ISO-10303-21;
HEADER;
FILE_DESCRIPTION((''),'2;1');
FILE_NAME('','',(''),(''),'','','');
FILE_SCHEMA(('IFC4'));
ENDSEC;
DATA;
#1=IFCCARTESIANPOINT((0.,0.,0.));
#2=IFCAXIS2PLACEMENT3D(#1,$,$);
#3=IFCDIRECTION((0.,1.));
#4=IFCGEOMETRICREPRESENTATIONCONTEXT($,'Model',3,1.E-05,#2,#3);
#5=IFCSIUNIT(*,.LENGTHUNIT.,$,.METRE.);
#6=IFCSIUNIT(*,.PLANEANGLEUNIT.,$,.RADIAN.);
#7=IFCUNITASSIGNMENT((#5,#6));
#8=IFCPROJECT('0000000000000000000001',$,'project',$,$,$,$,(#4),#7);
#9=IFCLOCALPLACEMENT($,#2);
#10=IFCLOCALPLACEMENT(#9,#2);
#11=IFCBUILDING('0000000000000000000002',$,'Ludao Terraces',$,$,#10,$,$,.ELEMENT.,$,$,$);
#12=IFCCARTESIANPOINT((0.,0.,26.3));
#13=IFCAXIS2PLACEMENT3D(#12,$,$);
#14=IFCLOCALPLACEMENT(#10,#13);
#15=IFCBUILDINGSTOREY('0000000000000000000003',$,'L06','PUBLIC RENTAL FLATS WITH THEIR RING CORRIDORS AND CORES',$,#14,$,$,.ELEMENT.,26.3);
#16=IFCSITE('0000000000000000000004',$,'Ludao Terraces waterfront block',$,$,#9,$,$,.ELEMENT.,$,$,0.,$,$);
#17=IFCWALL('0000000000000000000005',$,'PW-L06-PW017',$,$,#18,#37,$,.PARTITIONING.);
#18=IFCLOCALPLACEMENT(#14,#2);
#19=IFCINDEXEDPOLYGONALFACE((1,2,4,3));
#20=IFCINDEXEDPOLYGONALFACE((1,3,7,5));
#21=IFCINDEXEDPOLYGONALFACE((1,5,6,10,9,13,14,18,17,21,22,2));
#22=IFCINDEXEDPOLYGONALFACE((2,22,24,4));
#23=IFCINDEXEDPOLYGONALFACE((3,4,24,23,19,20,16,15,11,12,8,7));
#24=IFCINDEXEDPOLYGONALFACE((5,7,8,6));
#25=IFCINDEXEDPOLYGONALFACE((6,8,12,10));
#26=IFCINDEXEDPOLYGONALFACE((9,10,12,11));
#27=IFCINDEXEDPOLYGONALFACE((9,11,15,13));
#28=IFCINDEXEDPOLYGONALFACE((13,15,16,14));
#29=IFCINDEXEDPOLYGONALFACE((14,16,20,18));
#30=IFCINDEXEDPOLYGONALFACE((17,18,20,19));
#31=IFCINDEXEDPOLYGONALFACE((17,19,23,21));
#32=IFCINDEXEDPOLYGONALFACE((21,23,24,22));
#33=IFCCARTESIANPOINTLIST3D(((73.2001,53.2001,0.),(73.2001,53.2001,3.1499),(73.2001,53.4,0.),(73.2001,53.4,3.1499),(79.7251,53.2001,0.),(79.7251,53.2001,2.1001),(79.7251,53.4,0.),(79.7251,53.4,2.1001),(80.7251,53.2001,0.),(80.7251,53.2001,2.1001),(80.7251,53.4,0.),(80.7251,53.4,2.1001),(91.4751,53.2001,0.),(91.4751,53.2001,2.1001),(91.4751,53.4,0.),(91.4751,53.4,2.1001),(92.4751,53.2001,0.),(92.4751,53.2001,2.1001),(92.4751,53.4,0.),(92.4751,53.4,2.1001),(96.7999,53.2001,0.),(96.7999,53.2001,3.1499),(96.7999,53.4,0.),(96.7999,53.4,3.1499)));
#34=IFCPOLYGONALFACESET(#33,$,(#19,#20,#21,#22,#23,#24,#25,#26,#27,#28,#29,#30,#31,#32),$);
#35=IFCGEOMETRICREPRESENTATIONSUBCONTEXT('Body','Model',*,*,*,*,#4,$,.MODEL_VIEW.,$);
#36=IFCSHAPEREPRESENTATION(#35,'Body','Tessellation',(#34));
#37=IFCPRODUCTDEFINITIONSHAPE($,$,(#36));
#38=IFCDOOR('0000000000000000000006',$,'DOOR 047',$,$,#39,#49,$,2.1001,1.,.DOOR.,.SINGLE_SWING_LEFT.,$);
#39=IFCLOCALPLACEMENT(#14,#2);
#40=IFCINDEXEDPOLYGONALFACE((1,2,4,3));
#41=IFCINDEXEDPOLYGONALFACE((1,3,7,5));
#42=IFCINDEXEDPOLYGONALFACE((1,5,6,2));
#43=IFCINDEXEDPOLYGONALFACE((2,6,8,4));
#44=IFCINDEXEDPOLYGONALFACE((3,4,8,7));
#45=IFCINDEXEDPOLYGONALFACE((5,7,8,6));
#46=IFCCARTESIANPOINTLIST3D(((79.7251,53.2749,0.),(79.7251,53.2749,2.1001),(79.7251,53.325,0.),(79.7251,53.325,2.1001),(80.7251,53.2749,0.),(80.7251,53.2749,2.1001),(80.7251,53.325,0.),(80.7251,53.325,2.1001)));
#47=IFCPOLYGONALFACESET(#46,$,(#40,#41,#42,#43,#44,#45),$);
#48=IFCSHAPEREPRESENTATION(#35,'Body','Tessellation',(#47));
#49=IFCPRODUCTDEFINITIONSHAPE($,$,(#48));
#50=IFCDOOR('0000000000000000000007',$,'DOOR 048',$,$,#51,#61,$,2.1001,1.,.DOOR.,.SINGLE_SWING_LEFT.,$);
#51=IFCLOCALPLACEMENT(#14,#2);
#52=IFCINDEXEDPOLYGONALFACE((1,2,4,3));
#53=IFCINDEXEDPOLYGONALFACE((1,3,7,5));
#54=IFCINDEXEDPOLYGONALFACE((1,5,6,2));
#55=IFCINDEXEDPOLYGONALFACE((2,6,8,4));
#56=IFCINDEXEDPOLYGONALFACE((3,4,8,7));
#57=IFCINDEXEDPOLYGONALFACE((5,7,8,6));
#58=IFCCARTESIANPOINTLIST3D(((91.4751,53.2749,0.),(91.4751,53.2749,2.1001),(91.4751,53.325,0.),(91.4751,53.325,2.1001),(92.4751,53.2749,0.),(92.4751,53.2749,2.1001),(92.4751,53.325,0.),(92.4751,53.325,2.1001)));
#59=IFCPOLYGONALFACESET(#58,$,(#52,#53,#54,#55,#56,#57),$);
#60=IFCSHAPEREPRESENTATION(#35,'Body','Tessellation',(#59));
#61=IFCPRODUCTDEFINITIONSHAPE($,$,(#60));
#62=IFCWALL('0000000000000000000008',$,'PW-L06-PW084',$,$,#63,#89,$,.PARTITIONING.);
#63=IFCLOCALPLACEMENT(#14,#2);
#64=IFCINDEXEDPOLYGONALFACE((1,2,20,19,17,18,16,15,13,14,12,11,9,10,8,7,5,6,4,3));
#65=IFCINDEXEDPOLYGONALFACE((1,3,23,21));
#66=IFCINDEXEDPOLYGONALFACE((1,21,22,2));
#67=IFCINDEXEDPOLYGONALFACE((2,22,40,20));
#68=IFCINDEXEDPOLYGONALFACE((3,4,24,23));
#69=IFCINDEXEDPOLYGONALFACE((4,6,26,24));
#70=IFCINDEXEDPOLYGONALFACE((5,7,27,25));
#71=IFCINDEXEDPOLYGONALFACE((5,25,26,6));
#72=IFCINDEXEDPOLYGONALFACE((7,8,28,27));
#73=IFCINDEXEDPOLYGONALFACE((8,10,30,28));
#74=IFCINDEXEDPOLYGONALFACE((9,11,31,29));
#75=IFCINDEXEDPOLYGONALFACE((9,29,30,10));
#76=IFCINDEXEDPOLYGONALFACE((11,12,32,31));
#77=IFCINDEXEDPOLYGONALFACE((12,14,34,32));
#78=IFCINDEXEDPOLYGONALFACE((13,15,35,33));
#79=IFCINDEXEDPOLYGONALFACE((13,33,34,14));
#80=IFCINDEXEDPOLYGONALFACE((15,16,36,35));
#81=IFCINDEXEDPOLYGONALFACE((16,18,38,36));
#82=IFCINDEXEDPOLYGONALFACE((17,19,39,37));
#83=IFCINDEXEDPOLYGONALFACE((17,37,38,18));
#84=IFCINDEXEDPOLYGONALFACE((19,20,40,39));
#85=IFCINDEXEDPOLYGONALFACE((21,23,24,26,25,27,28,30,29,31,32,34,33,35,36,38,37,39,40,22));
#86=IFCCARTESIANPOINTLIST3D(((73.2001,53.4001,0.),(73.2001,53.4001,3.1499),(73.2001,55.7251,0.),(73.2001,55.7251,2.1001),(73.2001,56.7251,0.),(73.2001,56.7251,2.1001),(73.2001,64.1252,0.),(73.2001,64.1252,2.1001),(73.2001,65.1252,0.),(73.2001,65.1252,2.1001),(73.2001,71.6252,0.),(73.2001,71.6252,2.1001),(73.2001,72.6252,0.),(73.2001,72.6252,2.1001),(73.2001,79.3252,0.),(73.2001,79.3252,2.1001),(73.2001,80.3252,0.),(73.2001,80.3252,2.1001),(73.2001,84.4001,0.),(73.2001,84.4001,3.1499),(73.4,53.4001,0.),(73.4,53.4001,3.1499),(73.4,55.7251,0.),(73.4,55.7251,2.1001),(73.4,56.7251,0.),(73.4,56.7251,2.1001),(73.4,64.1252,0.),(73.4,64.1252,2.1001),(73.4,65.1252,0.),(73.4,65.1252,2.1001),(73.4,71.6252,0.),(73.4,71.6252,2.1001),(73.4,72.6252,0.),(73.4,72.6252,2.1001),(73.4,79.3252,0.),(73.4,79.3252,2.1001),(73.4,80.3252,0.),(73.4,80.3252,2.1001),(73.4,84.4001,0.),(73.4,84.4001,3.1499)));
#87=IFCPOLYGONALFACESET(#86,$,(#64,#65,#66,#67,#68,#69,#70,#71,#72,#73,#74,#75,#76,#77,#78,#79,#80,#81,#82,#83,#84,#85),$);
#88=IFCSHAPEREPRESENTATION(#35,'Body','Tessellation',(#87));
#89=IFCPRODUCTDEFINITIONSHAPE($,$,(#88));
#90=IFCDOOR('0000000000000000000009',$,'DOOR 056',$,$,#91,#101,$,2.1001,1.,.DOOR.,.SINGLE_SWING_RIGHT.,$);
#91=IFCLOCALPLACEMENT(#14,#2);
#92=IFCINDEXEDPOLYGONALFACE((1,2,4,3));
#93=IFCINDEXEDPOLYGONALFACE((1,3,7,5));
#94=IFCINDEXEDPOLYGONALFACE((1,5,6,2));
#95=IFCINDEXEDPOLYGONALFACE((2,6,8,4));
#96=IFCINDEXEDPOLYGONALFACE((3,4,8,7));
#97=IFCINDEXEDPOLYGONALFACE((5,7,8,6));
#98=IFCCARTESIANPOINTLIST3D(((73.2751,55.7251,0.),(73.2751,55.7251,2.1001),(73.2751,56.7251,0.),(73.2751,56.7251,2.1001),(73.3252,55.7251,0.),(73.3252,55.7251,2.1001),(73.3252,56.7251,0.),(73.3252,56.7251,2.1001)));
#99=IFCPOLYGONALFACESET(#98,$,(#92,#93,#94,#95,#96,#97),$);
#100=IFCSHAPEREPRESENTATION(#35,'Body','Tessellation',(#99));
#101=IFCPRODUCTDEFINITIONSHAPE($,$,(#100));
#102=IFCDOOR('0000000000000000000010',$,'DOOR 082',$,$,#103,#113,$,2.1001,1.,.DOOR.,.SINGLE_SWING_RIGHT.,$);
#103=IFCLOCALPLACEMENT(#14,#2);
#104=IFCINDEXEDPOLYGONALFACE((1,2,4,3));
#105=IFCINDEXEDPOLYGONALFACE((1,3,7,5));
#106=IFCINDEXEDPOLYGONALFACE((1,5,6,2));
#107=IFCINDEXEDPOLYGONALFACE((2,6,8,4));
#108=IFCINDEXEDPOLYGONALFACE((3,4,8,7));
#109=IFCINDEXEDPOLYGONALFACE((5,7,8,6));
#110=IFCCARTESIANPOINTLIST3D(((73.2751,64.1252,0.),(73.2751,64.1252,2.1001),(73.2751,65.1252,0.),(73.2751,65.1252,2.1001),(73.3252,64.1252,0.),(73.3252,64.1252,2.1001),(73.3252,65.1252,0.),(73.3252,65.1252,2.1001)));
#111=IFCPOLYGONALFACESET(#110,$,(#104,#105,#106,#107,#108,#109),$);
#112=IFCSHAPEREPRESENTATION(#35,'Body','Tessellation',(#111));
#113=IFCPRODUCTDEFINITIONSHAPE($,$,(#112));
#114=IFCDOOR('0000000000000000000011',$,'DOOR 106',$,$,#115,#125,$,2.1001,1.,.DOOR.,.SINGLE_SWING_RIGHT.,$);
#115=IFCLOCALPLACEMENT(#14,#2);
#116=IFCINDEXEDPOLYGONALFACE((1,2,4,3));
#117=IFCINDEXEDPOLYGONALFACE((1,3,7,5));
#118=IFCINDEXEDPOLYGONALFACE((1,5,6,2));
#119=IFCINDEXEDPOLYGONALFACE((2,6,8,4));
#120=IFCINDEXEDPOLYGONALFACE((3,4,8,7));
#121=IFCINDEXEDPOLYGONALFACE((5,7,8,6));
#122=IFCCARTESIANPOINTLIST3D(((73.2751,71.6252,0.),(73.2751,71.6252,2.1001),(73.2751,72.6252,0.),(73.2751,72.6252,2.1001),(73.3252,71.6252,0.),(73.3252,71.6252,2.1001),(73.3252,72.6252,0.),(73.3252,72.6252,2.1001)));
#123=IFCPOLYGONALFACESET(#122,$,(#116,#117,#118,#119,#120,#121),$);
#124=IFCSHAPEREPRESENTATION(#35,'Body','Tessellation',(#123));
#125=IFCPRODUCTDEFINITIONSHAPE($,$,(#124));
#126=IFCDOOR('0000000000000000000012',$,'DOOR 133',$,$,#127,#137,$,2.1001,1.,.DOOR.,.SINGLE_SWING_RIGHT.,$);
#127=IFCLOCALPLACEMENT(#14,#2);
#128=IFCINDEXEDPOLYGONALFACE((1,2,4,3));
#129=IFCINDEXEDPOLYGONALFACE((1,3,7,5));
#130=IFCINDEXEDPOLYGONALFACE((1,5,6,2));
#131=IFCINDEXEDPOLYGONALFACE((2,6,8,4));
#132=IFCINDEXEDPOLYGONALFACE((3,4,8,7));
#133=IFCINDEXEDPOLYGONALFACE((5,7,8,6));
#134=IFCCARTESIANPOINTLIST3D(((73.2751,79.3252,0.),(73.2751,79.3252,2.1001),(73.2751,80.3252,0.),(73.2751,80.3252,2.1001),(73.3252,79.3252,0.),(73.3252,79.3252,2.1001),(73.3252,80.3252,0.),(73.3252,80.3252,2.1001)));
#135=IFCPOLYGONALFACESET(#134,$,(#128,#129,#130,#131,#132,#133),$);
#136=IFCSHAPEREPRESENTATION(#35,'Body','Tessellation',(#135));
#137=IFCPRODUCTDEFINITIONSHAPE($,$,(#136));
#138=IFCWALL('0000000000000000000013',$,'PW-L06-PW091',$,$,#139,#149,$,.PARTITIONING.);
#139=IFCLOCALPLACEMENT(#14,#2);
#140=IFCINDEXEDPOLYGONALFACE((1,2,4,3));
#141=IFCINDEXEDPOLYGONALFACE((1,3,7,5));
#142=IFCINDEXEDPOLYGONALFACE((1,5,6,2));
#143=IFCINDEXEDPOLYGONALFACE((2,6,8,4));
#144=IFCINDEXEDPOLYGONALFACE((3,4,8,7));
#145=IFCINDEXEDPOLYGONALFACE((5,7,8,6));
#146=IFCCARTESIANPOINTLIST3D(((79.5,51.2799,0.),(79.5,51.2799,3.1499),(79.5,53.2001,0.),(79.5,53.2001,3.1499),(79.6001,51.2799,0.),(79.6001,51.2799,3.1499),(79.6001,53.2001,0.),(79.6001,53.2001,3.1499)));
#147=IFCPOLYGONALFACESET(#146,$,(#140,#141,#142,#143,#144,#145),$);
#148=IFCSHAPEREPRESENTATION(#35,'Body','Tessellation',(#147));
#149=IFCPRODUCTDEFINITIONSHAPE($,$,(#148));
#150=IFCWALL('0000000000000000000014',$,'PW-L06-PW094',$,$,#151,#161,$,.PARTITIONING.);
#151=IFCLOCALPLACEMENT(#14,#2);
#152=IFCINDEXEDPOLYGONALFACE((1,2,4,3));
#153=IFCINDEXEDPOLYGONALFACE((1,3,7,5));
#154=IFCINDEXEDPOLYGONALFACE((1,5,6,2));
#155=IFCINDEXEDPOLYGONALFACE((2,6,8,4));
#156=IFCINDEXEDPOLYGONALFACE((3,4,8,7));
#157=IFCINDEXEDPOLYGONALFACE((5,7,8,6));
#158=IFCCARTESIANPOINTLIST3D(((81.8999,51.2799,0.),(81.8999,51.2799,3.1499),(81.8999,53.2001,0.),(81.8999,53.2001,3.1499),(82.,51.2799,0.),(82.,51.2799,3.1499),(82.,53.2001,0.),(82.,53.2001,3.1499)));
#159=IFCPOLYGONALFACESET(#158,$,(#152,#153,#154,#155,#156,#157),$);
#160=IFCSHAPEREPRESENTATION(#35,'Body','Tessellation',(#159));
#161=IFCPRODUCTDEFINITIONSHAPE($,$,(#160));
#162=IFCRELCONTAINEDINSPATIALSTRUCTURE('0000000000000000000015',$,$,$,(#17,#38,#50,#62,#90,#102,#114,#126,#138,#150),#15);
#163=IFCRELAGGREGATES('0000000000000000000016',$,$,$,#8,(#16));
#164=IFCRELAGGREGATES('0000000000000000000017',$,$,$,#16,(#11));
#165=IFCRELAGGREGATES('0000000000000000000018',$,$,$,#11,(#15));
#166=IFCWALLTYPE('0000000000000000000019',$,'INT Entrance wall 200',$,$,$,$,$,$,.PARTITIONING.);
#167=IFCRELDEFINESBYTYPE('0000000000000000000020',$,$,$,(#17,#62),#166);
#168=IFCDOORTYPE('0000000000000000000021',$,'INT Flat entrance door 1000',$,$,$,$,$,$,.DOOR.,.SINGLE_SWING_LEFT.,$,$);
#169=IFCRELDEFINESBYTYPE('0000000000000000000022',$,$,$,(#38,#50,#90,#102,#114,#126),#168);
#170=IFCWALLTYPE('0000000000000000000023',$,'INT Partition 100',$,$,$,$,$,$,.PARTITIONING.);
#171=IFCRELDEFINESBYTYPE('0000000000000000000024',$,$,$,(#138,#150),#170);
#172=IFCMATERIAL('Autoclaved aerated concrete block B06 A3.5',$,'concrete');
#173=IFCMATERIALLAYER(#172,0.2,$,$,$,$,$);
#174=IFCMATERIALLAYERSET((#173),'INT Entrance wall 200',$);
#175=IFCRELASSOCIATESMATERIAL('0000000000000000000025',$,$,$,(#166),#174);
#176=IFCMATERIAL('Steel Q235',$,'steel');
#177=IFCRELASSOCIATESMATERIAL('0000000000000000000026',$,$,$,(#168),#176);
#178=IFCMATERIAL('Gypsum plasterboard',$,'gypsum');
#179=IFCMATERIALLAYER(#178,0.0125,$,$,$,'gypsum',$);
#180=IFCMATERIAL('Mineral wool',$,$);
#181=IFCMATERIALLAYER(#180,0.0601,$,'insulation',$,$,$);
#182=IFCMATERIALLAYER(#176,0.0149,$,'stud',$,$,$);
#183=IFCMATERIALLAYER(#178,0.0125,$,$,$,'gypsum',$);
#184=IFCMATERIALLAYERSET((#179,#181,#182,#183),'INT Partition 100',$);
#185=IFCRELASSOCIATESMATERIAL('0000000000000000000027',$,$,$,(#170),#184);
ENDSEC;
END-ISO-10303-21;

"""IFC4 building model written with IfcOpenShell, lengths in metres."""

from ifc_helpers import new_model, si_unit, direction, frame, frame_2d, origin, place, context, subcontext, project, spatial, rectangle, extrude, material, layer, layer_set, type_object, element, fill, save


model = new_model("IFC4")

# Units and contexts
model_context = context("Model", 3, precision=1e-05, world=origin(), true_north=direction((0.0, 1.0)))
body_context = subcontext(model_context, "Body", "Model", "MODEL_VIEW")
ifc_project = project(units=[si_unit("LENGTHUNIT", "METRE"), si_unit("PLANEANGLEUNIT", "RADIAN")], contexts=[model_context])

# Site, building, storey
site_placement = place(None, origin())
site = spatial("IfcSite", under=ifc_project, at=site_placement, Name="Ludao Terraces waterfront block", CompositionType="ELEMENT", RefElevation=0.0)
building_placement = place(site_placement, origin())
building = spatial("IfcBuilding", under=site, at=building_placement, Name="Ludao Terraces", CompositionType="ELEMENT")
storey_placement = place(building_placement, frame((0.0, 0.0, 26.3)))
storey = spatial("IfcBuildingStorey", under=building, at=storey_placement, Name="L06", Description="PUBLIC RENTAL FLATS WITH THEIR RING CORRIDORS AND CORES", CompositionType="ELEMENT", Elevation=26.3)

# Shared definitions
ifc_material_1 = material(Name="Steel Q235", Category="steel")

# Walls, openings, doors
ifc_material_2 = material(Name="Autoclaved aerated concrete block B06 A3.5", Category="concrete")
ifc_layer_1 = layer(ifc_material_2, 0.2)
ifc_layer_set_1 = layer_set([ifc_layer_1], Name="INT Entrance wall 200")
wall_type_1 = type_object("IfcWallType", Name="INT Entrance wall 200", PredefinedType="PARTITIONING", material=ifc_layer_set_1)
wall_1_placement = place(storey_placement, frame((73.2002, 53.3, 0.0), z_axis=(0.0, 0.0, 1.0), x_axis=(1.0, 0.0, 0.0)))
wall_1 = element("IfcWall", 1, at=wall_1_placement, inside=storey, type_object=wall_type_1, Name="PW-L06-PW017", PredefinedType="PARTITIONING", context=body_context, shape_type="SweptSolid", body=[
    extrude(rectangle(XDim=23.5999, YDim=0.2, at=frame_2d((11.7998, 0.0))), origin(), (0.0, 0.0, 1.0), 3.1499),
])
opening_1_placement = place(wall_1_placement, frame((6.5249, 0.0, 0.0)))
opening_1 = element("IfcOpeningElement", 2, at=opening_1_placement, cuts=wall_1, PredefinedType="OPENING", context=body_context, shape_type="SweptSolid", body=[
    extrude(rectangle(XDim=1.0, YDim=2.1001, at=frame_2d((0.5, 1.05))), frame((0.0, 0.1099, 0.0), z_axis=(0.0, -1.0, 0.0), x_axis=(1.0, 0.0, 0.0)), (0.0, 0.0, 1.0), 0.22),
])
opening_2_placement = place(wall_1_placement, frame((18.2749, 0.0, 0.0)))
opening_2 = element("IfcOpeningElement", 3, at=opening_2_placement, cuts=wall_1, PredefinedType="OPENING", context=body_context, shape_type="SweptSolid", body=[
    extrude(rectangle(XDim=1.0, YDim=2.1001, at=frame_2d((0.5, 1.05))), frame((0.0, 0.1099, 0.0), z_axis=(0.0, -1.0, 0.0), x_axis=(1.0, 0.0, 0.0)), (0.0, 0.0, 1.0), 0.22),
])
door_type_1 = type_object("IfcDoorType", Name="INT Flat entrance door 1000", OperationType="SINGLE_SWING_LEFT", PredefinedType="DOOR", material=ifc_material_1)
door_1_placement = place(opening_1_placement, origin())
door_1 = element("IfcDoor", 4, at=door_1_placement, inside=storey, type_object=door_type_1, Name="DOOR 047", OperationType="SINGLE_SWING_LEFT", OverallHeight=2.1001, OverallWidth=1.0, PredefinedType="DOOR", context=body_context, shape_type="SweptSolid", body=[
    extrude(rectangle(XDim=1.0, YDim=2.1001, at=frame_2d((0.5, 1.05))), frame((0.0, 0.0249, 0.0), z_axis=(0.0, -1.0, 0.0), x_axis=(1.0, 0.0, 0.0)), (0.0, 0.0, 1.0), 0.05),
])
fill(opening_1, door_1)
door_2_placement = place(opening_2_placement, origin())
door_2 = element("IfcDoor", 5, at=door_2_placement, inside=storey, type_object=door_type_1, Name="DOOR 048", OperationType="SINGLE_SWING_LEFT", OverallHeight=2.1001, OverallWidth=1.0, PredefinedType="DOOR", context=body_context, shape_type="SweptSolid", body=[
    extrude(rectangle(XDim=1.0, YDim=2.1001, at=frame_2d((0.5, 1.05))), frame((0.0, 0.0249, 0.0), z_axis=(0.0, -1.0, 0.0), x_axis=(1.0, 0.0, 0.0)), (0.0, 0.0, 1.0), 0.05),
])
fill(opening_2, door_2)
wall_2_placement = place(storey_placement, frame((73.3, 53.4001, 0.0), z_axis=(0.0, 0.0, 1.0), x_axis=(0.0, 1.0, 0.0)))
wall_2 = element("IfcWall", 6, at=wall_2_placement, inside=storey, type_object=wall_type_1, Name="PW-L06-PW084", PredefinedType="PARTITIONING", context=body_context, shape_type="SweptSolid", body=[
    extrude(rectangle(XDim=31.0, YDim=0.2, at=frame_2d((15.5, 0.0))), origin(), (0.0, 0.0, 1.0), 3.1499),
])
opening_3_placement = place(wall_2_placement, frame((2.325, 0.0, 0.0)))
opening_3 = element("IfcOpeningElement", 7, at=opening_3_placement, cuts=wall_2, PredefinedType="OPENING", context=body_context, shape_type="SweptSolid", body=[
    extrude(rectangle(XDim=1.0, YDim=2.1001, at=frame_2d((0.5, 1.05))), frame((0.0, 0.1099, 0.0), z_axis=(0.0, -1.0, 0.0), x_axis=(1.0, 0.0, 0.0)), (0.0, 0.0, 1.0), 0.22),
])
opening_4_placement = place(wall_2_placement, frame((10.7251, 0.0, 0.0)))
opening_4 = element("IfcOpeningElement", 8, at=opening_4_placement, cuts=wall_2, PredefinedType="OPENING", context=body_context, shape_type="SweptSolid", body=[
    extrude(rectangle(XDim=1.0, YDim=2.1001, at=frame_2d((0.5, 1.05))), frame((0.0, 0.1099, 0.0), z_axis=(0.0, -1.0, 0.0), x_axis=(1.0, 0.0, 0.0)), (0.0, 0.0, 1.0), 0.22),
])
opening_5_placement = place(wall_2_placement, frame((18.2251, 0.0, 0.0)))
opening_5 = element("IfcOpeningElement", 9, at=opening_5_placement, cuts=wall_2, PredefinedType="OPENING", context=body_context, shape_type="SweptSolid", body=[
    extrude(rectangle(XDim=1.0, YDim=2.1001, at=frame_2d((0.5, 1.05))), frame((0.0, 0.1099, 0.0), z_axis=(0.0, -1.0, 0.0), x_axis=(1.0, 0.0, 0.0)), (0.0, 0.0, 1.0), 0.22),
])
opening_6_placement = place(wall_2_placement, frame((25.925, 0.0, 0.0)))
opening_6 = element("IfcOpeningElement", 10, at=opening_6_placement, cuts=wall_2, PredefinedType="OPENING", context=body_context, shape_type="SweptSolid", body=[
    extrude(rectangle(XDim=1.0, YDim=2.1001, at=frame_2d((0.5, 1.05))), frame((0.0, 0.1099, 0.0), z_axis=(0.0, -1.0, 0.0), x_axis=(1.0, 0.0, 0.0)), (0.0, 0.0, 1.0), 0.22),
])
door_3_placement = place(opening_3_placement, origin())
door_3 = element("IfcDoor", 11, at=door_3_placement, inside=storey, type_object=door_type_1, Name="DOOR 056", OperationType="SINGLE_SWING_RIGHT", OverallHeight=2.1001, OverallWidth=1.0, PredefinedType="DOOR", context=body_context, shape_type="SweptSolid", body=[
    extrude(rectangle(XDim=1.0, YDim=2.1001, at=frame_2d((0.5, 1.05))), frame((0.0, 0.0249, 0.0), z_axis=(0.0, -1.0, 0.0), x_axis=(1.0, 0.0, 0.0)), (0.0, 0.0, 1.0), 0.05),
])
fill(opening_3, door_3)
door_4_placement = place(opening_4_placement, origin())
door_4 = element("IfcDoor", 12, at=door_4_placement, inside=storey, type_object=door_type_1, Name="DOOR 082", OperationType="SINGLE_SWING_RIGHT", OverallHeight=2.1001, OverallWidth=1.0, PredefinedType="DOOR", context=body_context, shape_type="SweptSolid", body=[
    extrude(rectangle(XDim=1.0, YDim=2.1001, at=frame_2d((0.5, 1.05))), frame((0.0, 0.0249, 0.0), z_axis=(0.0, -1.0, 0.0), x_axis=(1.0, 0.0, 0.0)), (0.0, 0.0, 1.0), 0.05),
])
fill(opening_4, door_4)
door_5_placement = place(opening_5_placement, origin())
door_5 = element("IfcDoor", 13, at=door_5_placement, inside=storey, type_object=door_type_1, Name="DOOR 106", OperationType="SINGLE_SWING_RIGHT", OverallHeight=2.1001, OverallWidth=1.0, PredefinedType="DOOR", context=body_context, shape_type="SweptSolid", body=[
    extrude(rectangle(XDim=1.0, YDim=2.1001, at=frame_2d((0.5, 1.05))), frame((0.0, 0.0249, 0.0), z_axis=(0.0, -1.0, 0.0), x_axis=(1.0, 0.0, 0.0)), (0.0, 0.0, 1.0), 0.05),
])
fill(opening_5, door_5)
door_6_placement = place(opening_6_placement, origin())
door_6 = element("IfcDoor", 14, at=door_6_placement, inside=storey, type_object=door_type_1, Name="DOOR 133", OperationType="SINGLE_SWING_RIGHT", OverallHeight=2.1001, OverallWidth=1.0, PredefinedType="DOOR", context=body_context, shape_type="SweptSolid", body=[
    extrude(rectangle(XDim=1.0, YDim=2.1001, at=frame_2d((0.5, 1.05))), frame((0.0, 0.0249, 0.0), z_axis=(0.0, -1.0, 0.0), x_axis=(1.0, 0.0, 0.0)), (0.0, 0.0, 1.0), 0.05),
])
fill(opening_6, door_6)

# Walls
ifc_material_3 = material(Name="Gypsum plasterboard", Category="gypsum")
ifc_layer_2 = layer(ifc_material_3, 0.0125, Category="gypsum")
ifc_material_4 = material(Name="Mineral wool")
ifc_layer_3 = layer(ifc_material_4, 0.0601, Name="insulation")
ifc_layer_4 = layer(ifc_material_1, 0.0149, Name="stud")
ifc_layer_5 = layer(ifc_material_3, 0.0125, Category="gypsum")
ifc_layer_set_2 = layer_set([ifc_layer_2, ifc_layer_3, ifc_layer_4, ifc_layer_5], Name="INT Partition 100")
wall_type_2 = type_object("IfcWallType", Name="INT Partition 100", PredefinedType="PARTITIONING", material=ifc_layer_set_2)
for number, where, z_axis, x_axis, name in (
    (15, (79.55, 51.28, 0.0), (0.0, 0.0, 1.0), (0.0, 1.0, 0.0), "PW-L06-PW091"),
    (16, (81.95, 51.28, 0.0), (0.0, 0.0, 1.0), (0.0, 1.0, 0.0), "PW-L06-PW094"),
):
    element("IfcWall", number, at=place(storey_placement, frame(where, z_axis=z_axis, x_axis=x_axis)), inside=storey, type_object=wall_type_2, Name=name, PredefinedType="PARTITIONING", context=body_context, shape_type="SweptSolid", body=[
        extrude(rectangle(XDim=1.9202, YDim=0.1001, at=frame_2d((0.96, 0.0))), origin(), (0.0, 0.0, 1.0), 3.1499),
    ])

save(model, "model.ifc")
